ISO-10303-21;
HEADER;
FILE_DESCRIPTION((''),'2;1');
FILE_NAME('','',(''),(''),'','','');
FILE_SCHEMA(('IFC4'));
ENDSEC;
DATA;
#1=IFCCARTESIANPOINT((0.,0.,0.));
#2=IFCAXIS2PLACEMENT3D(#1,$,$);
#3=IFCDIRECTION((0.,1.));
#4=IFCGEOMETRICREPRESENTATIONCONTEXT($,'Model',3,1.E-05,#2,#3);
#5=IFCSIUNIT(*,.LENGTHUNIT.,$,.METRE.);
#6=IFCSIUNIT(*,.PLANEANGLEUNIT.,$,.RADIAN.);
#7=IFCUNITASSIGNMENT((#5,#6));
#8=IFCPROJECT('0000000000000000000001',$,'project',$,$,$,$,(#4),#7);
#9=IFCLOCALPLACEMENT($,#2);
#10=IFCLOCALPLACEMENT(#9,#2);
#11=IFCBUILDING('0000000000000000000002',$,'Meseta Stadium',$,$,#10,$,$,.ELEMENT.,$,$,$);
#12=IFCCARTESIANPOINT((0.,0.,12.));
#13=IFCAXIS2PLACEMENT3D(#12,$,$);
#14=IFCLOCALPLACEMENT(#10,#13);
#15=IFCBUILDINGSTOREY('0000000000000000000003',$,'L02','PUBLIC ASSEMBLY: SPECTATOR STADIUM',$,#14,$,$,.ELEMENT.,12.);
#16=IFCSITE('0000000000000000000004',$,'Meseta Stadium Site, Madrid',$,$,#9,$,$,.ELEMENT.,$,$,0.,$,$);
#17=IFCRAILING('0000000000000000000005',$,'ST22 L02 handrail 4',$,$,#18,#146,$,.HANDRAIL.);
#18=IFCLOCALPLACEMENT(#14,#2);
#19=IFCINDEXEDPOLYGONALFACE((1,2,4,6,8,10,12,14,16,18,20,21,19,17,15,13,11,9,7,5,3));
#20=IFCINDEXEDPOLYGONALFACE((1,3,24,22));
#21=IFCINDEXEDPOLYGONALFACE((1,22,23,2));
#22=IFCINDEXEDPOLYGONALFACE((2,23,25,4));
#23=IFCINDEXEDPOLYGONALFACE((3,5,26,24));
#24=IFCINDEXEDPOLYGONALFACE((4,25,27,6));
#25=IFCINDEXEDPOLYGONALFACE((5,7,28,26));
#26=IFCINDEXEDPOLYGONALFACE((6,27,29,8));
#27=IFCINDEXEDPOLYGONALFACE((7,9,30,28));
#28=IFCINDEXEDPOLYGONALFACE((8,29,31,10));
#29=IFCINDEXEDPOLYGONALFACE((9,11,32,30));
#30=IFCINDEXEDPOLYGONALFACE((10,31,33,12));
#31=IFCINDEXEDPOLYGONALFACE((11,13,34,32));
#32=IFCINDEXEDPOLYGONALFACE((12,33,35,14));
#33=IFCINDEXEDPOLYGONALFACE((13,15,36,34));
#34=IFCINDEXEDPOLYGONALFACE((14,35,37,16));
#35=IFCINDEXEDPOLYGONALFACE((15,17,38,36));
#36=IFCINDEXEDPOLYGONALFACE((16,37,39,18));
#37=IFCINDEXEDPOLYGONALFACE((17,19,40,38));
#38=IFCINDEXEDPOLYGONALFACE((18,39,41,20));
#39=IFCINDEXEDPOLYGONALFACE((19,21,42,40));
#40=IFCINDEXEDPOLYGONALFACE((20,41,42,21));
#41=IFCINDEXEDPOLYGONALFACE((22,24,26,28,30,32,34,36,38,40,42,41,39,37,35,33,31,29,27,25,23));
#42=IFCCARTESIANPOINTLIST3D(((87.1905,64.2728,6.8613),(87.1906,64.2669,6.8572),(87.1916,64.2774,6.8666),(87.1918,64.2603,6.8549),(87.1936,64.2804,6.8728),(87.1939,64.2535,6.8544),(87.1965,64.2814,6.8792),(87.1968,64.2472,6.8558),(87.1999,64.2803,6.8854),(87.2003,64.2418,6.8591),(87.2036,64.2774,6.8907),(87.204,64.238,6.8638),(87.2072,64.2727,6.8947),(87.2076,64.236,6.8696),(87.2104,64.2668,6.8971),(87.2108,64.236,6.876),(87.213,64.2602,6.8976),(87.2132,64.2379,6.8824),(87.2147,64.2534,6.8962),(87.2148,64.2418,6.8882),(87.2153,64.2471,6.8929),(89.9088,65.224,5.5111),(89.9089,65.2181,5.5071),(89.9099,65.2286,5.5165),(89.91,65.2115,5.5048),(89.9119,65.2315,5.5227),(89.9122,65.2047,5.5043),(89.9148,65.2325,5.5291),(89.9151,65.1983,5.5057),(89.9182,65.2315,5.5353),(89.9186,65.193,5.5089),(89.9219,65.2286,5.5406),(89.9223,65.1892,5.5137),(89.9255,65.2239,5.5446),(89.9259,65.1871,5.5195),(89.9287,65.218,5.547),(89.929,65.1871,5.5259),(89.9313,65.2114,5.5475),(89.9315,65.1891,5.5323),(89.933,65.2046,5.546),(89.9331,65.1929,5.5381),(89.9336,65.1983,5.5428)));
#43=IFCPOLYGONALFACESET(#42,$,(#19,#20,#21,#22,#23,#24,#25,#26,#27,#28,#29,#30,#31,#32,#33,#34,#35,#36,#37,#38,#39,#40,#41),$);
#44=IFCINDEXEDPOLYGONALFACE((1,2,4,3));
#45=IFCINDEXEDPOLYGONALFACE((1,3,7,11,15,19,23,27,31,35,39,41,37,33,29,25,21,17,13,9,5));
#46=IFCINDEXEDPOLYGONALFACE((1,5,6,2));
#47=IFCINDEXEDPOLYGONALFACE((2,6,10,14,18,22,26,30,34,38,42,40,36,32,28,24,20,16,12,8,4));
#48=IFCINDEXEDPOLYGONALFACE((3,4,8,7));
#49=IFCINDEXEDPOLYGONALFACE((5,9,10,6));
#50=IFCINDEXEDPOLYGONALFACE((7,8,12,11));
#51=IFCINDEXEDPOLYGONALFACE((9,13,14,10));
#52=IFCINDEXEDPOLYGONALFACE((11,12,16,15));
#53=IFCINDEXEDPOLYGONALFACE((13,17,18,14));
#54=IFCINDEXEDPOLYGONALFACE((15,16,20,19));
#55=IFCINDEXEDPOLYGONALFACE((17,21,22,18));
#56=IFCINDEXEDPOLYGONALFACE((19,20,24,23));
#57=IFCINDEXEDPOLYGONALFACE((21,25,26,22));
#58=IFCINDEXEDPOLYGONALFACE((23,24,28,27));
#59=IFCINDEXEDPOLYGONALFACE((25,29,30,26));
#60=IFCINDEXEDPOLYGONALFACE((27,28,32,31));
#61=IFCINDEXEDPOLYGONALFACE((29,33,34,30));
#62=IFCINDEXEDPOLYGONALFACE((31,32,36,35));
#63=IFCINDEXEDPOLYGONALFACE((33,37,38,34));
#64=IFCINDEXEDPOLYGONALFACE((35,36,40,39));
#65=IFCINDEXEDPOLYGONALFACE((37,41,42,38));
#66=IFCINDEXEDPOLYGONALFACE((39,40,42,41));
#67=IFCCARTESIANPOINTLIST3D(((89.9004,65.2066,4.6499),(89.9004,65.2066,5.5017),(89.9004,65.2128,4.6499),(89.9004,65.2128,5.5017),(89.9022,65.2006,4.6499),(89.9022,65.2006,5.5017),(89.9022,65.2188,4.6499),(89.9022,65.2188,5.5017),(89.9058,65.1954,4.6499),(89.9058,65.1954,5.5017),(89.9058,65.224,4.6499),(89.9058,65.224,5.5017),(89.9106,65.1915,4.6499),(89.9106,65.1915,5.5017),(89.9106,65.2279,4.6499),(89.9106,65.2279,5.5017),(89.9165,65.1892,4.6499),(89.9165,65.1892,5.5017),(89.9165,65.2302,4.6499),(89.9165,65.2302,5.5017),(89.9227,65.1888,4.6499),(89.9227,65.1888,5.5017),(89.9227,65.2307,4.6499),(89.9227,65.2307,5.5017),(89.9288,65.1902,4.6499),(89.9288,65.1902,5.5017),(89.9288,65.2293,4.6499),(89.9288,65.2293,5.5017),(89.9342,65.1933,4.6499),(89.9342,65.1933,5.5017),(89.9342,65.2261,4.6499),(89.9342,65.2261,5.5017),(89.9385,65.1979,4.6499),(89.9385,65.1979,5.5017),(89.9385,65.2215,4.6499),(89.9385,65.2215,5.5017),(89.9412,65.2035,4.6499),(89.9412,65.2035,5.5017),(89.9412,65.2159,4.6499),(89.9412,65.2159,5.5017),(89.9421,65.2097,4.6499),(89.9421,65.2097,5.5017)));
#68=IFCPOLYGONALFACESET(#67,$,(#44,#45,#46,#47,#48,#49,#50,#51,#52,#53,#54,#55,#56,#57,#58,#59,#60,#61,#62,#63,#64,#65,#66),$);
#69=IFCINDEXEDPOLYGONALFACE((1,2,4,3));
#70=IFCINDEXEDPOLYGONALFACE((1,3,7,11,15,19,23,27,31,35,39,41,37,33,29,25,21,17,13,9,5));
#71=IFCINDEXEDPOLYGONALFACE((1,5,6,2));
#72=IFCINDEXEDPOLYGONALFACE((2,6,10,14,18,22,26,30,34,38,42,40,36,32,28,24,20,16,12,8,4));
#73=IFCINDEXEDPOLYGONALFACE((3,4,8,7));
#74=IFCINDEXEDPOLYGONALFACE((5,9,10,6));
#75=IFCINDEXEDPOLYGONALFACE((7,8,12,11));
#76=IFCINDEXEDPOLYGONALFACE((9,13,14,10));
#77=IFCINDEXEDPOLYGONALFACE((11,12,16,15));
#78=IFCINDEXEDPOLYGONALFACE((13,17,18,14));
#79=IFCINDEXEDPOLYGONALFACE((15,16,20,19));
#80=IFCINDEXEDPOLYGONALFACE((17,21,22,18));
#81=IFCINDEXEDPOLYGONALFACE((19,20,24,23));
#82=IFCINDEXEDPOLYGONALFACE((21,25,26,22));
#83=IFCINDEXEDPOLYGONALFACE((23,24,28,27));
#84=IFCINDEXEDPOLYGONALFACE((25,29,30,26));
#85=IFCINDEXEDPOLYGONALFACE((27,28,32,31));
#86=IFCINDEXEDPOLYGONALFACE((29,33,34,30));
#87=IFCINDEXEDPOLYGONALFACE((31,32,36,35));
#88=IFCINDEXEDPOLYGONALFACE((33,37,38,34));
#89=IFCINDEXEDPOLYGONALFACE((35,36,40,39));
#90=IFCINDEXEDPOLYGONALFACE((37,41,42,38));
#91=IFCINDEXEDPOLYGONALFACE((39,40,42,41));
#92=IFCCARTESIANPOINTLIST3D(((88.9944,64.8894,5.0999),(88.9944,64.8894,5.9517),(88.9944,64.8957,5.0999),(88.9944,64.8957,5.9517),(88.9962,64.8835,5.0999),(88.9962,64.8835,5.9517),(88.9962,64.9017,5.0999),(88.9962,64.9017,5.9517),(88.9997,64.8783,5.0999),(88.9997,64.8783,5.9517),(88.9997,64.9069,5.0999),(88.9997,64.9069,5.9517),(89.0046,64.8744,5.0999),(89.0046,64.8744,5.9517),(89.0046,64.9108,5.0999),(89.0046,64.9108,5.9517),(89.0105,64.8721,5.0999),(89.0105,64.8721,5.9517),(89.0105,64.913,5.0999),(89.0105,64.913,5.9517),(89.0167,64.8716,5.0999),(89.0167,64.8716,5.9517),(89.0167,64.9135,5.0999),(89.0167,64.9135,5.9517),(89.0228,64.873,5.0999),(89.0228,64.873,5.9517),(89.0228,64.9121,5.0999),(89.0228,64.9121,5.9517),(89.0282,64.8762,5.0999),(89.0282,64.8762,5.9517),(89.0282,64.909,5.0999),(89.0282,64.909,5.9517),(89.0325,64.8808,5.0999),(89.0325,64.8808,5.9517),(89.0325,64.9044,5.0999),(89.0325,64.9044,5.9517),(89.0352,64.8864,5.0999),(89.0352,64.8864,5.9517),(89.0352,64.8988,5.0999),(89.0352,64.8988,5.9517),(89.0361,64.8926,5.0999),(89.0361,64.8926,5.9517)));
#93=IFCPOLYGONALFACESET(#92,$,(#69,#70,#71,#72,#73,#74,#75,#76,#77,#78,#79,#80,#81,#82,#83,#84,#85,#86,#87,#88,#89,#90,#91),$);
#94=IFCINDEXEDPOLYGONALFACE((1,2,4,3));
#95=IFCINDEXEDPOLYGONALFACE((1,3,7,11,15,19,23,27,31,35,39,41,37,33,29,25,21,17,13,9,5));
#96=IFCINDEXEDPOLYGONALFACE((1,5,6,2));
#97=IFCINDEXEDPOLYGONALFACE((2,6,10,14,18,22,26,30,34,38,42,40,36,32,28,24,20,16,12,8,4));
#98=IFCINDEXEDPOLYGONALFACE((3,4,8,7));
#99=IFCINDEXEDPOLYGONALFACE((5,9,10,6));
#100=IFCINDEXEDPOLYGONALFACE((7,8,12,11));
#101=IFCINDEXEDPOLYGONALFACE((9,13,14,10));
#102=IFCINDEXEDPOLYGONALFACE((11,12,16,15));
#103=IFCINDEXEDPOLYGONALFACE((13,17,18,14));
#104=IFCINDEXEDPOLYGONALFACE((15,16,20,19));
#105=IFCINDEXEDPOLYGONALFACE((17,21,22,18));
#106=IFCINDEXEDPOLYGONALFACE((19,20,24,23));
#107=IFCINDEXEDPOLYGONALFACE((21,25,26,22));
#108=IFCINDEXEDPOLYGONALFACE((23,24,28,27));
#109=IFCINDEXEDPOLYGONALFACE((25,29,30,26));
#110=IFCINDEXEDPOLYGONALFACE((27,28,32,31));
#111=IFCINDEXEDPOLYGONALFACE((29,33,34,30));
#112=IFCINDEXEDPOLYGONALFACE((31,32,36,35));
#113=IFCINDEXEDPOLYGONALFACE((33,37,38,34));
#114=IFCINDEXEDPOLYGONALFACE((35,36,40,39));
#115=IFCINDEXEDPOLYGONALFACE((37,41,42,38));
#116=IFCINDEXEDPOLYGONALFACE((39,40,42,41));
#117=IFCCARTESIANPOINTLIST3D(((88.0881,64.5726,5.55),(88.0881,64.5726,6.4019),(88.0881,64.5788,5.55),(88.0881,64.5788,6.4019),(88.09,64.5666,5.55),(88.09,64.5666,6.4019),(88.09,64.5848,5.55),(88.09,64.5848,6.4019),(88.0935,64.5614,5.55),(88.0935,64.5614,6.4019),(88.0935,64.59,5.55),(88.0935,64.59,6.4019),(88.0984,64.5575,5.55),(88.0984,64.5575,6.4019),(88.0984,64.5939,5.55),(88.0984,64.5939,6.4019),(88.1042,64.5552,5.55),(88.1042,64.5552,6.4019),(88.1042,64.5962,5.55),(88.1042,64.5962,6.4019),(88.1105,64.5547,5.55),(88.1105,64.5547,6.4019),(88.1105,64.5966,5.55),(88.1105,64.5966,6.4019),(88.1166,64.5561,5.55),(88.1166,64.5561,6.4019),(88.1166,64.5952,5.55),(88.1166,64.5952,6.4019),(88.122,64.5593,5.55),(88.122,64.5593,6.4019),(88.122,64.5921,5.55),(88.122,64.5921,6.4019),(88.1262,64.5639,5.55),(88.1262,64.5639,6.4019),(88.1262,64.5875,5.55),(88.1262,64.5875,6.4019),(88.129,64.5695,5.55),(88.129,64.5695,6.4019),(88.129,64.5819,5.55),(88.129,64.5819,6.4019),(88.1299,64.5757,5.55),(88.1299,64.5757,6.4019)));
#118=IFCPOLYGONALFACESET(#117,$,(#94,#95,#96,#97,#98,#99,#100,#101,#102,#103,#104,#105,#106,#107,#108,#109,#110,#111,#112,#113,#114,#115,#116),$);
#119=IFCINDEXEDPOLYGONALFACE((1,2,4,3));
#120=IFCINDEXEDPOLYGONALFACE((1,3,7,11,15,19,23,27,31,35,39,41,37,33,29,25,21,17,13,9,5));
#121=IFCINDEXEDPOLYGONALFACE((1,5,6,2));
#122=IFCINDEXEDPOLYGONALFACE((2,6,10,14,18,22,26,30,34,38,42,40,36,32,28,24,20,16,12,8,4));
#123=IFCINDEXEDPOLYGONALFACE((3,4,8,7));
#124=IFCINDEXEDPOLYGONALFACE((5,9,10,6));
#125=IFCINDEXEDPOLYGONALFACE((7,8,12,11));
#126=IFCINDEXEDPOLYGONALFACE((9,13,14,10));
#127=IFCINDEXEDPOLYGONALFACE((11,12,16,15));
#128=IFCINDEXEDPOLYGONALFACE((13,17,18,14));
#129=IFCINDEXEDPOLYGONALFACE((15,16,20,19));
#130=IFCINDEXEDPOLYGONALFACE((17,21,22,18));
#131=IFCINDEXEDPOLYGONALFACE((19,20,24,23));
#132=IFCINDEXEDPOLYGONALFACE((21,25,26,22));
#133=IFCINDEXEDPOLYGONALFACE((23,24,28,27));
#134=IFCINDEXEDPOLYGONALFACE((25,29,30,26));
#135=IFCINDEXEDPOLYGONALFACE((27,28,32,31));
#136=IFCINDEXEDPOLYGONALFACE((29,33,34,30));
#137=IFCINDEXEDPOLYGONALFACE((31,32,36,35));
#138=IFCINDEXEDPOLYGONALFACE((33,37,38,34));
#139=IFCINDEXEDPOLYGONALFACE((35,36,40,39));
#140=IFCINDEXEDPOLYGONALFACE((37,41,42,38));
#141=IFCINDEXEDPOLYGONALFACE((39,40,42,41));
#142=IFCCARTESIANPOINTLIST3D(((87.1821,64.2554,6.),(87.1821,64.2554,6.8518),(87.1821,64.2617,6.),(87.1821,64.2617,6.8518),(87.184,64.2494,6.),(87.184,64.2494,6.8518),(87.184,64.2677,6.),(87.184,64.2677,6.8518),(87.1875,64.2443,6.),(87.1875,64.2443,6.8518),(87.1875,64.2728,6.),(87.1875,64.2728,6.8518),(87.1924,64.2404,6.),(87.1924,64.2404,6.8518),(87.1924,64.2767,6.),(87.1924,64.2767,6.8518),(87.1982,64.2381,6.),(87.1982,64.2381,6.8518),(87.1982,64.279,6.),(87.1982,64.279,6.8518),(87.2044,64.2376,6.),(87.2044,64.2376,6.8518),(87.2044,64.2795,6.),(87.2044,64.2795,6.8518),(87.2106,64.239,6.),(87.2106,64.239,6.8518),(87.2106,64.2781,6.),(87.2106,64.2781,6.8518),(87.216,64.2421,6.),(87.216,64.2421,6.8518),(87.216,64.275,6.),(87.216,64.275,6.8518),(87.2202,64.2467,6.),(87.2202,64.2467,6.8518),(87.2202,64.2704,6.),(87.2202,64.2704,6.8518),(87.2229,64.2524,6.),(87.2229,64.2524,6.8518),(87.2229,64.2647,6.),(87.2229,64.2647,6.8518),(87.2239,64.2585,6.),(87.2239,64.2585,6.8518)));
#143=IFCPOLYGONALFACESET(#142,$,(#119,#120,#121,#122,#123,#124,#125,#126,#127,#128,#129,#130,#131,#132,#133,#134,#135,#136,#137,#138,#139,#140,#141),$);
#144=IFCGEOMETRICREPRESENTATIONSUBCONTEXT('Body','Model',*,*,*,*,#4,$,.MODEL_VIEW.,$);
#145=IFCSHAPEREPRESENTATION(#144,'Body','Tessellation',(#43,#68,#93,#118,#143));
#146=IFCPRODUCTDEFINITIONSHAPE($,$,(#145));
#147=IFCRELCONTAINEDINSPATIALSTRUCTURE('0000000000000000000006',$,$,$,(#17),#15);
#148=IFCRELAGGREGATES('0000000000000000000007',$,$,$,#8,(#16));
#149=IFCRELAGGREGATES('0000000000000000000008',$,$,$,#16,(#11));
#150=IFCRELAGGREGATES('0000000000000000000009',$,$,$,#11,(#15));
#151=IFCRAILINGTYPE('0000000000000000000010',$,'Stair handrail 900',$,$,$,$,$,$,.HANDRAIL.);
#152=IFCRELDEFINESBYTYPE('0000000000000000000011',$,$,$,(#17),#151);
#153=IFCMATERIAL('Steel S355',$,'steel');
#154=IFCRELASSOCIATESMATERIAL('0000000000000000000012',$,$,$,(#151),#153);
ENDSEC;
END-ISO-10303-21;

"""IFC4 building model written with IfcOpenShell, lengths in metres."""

from ifc_helpers import new_model, si_unit, direction, frame, origin, origin_2d, place, context, subcontext, project, spatial, circle, extrude, material, type_object, element, save


model = new_model("IFC4")

# Units and contexts
model_context = context("Model", 3, precision=1e-05, world=origin(), true_north=direction((0.0, 1.0)))
body_context = subcontext(model_context, "Body", "Model", "MODEL_VIEW")
ifc_project = project(units=[si_unit("LENGTHUNIT", "METRE"), si_unit("PLANEANGLEUNIT", "RADIAN")], contexts=[model_context])

# Site, building, storey
site_placement = place(None, origin())
site = spatial("IfcSite", under=ifc_project, at=site_placement, Name="Meseta Stadium Site, Madrid", CompositionType="ELEMENT", RefElevation=0.0)
building_placement = place(site_placement, origin())
building = spatial("IfcBuilding", under=site, at=building_placement, Name="Meseta Stadium", CompositionType="ELEMENT")
storey_placement = place(building_placement, frame((0.0, 0.0, 12.0)))
storey = spatial("IfcBuildingStorey", under=building, at=storey_placement, Name="L02", Description="PUBLIC ASSEMBLY: SPECTATOR STADIUM", CompositionType="ELEMENT", Elevation=12.0)

# Railing
ifc_material_1 = material(Name="Steel S355", Category="steel")
railing_type_1 = type_object("IfcRailingType", Name="Stair handrail 900", PredefinedType="HANDRAIL", material=ifc_material_1)
for number, where, name in (
    (1, (89.9211, 65.2097, 4.6499), "ST22 L02 handrail 4"),
):
    element("IfcRailing", number, at=place(storey_placement, frame(where)), inside=storey, type_object=railing_type_1, Name=name, PredefinedType="HANDRAIL", context=body_context, shape_type="SweptSolid", body=[
        extrude(circle(Radius=0.0239, at=origin_2d()), frame((0.0, 0.0, 0.876), z_axis=(-0.854629, -0.299051, 0.424474), x_axis=(0.330282, -0.943882, 0.0)), (0.0, 0.0, 1.0), 3.1807),
        extrude(circle(Radius=0.021, at=origin_2d()), origin(), (0.0, 0.0, 1.0), 0.8518),
        extrude(circle(Radius=0.021, at=origin_2d()), frame((-0.906, -0.3171, 0.45)), (0.0, 0.0, 1.0), 0.8518),
        extrude(circle(Radius=0.021, at=origin_2d()), frame((-1.8123, -0.634, 0.9001)), (0.0, 0.0, 1.0), 0.8518),
        extrude(circle(Radius=0.021, at=origin_2d()), frame((-2.7183, -0.9512, 1.3501)), (0.0, 0.0, 1.0), 0.8518),
    ])

save(model, "model.ifc")
